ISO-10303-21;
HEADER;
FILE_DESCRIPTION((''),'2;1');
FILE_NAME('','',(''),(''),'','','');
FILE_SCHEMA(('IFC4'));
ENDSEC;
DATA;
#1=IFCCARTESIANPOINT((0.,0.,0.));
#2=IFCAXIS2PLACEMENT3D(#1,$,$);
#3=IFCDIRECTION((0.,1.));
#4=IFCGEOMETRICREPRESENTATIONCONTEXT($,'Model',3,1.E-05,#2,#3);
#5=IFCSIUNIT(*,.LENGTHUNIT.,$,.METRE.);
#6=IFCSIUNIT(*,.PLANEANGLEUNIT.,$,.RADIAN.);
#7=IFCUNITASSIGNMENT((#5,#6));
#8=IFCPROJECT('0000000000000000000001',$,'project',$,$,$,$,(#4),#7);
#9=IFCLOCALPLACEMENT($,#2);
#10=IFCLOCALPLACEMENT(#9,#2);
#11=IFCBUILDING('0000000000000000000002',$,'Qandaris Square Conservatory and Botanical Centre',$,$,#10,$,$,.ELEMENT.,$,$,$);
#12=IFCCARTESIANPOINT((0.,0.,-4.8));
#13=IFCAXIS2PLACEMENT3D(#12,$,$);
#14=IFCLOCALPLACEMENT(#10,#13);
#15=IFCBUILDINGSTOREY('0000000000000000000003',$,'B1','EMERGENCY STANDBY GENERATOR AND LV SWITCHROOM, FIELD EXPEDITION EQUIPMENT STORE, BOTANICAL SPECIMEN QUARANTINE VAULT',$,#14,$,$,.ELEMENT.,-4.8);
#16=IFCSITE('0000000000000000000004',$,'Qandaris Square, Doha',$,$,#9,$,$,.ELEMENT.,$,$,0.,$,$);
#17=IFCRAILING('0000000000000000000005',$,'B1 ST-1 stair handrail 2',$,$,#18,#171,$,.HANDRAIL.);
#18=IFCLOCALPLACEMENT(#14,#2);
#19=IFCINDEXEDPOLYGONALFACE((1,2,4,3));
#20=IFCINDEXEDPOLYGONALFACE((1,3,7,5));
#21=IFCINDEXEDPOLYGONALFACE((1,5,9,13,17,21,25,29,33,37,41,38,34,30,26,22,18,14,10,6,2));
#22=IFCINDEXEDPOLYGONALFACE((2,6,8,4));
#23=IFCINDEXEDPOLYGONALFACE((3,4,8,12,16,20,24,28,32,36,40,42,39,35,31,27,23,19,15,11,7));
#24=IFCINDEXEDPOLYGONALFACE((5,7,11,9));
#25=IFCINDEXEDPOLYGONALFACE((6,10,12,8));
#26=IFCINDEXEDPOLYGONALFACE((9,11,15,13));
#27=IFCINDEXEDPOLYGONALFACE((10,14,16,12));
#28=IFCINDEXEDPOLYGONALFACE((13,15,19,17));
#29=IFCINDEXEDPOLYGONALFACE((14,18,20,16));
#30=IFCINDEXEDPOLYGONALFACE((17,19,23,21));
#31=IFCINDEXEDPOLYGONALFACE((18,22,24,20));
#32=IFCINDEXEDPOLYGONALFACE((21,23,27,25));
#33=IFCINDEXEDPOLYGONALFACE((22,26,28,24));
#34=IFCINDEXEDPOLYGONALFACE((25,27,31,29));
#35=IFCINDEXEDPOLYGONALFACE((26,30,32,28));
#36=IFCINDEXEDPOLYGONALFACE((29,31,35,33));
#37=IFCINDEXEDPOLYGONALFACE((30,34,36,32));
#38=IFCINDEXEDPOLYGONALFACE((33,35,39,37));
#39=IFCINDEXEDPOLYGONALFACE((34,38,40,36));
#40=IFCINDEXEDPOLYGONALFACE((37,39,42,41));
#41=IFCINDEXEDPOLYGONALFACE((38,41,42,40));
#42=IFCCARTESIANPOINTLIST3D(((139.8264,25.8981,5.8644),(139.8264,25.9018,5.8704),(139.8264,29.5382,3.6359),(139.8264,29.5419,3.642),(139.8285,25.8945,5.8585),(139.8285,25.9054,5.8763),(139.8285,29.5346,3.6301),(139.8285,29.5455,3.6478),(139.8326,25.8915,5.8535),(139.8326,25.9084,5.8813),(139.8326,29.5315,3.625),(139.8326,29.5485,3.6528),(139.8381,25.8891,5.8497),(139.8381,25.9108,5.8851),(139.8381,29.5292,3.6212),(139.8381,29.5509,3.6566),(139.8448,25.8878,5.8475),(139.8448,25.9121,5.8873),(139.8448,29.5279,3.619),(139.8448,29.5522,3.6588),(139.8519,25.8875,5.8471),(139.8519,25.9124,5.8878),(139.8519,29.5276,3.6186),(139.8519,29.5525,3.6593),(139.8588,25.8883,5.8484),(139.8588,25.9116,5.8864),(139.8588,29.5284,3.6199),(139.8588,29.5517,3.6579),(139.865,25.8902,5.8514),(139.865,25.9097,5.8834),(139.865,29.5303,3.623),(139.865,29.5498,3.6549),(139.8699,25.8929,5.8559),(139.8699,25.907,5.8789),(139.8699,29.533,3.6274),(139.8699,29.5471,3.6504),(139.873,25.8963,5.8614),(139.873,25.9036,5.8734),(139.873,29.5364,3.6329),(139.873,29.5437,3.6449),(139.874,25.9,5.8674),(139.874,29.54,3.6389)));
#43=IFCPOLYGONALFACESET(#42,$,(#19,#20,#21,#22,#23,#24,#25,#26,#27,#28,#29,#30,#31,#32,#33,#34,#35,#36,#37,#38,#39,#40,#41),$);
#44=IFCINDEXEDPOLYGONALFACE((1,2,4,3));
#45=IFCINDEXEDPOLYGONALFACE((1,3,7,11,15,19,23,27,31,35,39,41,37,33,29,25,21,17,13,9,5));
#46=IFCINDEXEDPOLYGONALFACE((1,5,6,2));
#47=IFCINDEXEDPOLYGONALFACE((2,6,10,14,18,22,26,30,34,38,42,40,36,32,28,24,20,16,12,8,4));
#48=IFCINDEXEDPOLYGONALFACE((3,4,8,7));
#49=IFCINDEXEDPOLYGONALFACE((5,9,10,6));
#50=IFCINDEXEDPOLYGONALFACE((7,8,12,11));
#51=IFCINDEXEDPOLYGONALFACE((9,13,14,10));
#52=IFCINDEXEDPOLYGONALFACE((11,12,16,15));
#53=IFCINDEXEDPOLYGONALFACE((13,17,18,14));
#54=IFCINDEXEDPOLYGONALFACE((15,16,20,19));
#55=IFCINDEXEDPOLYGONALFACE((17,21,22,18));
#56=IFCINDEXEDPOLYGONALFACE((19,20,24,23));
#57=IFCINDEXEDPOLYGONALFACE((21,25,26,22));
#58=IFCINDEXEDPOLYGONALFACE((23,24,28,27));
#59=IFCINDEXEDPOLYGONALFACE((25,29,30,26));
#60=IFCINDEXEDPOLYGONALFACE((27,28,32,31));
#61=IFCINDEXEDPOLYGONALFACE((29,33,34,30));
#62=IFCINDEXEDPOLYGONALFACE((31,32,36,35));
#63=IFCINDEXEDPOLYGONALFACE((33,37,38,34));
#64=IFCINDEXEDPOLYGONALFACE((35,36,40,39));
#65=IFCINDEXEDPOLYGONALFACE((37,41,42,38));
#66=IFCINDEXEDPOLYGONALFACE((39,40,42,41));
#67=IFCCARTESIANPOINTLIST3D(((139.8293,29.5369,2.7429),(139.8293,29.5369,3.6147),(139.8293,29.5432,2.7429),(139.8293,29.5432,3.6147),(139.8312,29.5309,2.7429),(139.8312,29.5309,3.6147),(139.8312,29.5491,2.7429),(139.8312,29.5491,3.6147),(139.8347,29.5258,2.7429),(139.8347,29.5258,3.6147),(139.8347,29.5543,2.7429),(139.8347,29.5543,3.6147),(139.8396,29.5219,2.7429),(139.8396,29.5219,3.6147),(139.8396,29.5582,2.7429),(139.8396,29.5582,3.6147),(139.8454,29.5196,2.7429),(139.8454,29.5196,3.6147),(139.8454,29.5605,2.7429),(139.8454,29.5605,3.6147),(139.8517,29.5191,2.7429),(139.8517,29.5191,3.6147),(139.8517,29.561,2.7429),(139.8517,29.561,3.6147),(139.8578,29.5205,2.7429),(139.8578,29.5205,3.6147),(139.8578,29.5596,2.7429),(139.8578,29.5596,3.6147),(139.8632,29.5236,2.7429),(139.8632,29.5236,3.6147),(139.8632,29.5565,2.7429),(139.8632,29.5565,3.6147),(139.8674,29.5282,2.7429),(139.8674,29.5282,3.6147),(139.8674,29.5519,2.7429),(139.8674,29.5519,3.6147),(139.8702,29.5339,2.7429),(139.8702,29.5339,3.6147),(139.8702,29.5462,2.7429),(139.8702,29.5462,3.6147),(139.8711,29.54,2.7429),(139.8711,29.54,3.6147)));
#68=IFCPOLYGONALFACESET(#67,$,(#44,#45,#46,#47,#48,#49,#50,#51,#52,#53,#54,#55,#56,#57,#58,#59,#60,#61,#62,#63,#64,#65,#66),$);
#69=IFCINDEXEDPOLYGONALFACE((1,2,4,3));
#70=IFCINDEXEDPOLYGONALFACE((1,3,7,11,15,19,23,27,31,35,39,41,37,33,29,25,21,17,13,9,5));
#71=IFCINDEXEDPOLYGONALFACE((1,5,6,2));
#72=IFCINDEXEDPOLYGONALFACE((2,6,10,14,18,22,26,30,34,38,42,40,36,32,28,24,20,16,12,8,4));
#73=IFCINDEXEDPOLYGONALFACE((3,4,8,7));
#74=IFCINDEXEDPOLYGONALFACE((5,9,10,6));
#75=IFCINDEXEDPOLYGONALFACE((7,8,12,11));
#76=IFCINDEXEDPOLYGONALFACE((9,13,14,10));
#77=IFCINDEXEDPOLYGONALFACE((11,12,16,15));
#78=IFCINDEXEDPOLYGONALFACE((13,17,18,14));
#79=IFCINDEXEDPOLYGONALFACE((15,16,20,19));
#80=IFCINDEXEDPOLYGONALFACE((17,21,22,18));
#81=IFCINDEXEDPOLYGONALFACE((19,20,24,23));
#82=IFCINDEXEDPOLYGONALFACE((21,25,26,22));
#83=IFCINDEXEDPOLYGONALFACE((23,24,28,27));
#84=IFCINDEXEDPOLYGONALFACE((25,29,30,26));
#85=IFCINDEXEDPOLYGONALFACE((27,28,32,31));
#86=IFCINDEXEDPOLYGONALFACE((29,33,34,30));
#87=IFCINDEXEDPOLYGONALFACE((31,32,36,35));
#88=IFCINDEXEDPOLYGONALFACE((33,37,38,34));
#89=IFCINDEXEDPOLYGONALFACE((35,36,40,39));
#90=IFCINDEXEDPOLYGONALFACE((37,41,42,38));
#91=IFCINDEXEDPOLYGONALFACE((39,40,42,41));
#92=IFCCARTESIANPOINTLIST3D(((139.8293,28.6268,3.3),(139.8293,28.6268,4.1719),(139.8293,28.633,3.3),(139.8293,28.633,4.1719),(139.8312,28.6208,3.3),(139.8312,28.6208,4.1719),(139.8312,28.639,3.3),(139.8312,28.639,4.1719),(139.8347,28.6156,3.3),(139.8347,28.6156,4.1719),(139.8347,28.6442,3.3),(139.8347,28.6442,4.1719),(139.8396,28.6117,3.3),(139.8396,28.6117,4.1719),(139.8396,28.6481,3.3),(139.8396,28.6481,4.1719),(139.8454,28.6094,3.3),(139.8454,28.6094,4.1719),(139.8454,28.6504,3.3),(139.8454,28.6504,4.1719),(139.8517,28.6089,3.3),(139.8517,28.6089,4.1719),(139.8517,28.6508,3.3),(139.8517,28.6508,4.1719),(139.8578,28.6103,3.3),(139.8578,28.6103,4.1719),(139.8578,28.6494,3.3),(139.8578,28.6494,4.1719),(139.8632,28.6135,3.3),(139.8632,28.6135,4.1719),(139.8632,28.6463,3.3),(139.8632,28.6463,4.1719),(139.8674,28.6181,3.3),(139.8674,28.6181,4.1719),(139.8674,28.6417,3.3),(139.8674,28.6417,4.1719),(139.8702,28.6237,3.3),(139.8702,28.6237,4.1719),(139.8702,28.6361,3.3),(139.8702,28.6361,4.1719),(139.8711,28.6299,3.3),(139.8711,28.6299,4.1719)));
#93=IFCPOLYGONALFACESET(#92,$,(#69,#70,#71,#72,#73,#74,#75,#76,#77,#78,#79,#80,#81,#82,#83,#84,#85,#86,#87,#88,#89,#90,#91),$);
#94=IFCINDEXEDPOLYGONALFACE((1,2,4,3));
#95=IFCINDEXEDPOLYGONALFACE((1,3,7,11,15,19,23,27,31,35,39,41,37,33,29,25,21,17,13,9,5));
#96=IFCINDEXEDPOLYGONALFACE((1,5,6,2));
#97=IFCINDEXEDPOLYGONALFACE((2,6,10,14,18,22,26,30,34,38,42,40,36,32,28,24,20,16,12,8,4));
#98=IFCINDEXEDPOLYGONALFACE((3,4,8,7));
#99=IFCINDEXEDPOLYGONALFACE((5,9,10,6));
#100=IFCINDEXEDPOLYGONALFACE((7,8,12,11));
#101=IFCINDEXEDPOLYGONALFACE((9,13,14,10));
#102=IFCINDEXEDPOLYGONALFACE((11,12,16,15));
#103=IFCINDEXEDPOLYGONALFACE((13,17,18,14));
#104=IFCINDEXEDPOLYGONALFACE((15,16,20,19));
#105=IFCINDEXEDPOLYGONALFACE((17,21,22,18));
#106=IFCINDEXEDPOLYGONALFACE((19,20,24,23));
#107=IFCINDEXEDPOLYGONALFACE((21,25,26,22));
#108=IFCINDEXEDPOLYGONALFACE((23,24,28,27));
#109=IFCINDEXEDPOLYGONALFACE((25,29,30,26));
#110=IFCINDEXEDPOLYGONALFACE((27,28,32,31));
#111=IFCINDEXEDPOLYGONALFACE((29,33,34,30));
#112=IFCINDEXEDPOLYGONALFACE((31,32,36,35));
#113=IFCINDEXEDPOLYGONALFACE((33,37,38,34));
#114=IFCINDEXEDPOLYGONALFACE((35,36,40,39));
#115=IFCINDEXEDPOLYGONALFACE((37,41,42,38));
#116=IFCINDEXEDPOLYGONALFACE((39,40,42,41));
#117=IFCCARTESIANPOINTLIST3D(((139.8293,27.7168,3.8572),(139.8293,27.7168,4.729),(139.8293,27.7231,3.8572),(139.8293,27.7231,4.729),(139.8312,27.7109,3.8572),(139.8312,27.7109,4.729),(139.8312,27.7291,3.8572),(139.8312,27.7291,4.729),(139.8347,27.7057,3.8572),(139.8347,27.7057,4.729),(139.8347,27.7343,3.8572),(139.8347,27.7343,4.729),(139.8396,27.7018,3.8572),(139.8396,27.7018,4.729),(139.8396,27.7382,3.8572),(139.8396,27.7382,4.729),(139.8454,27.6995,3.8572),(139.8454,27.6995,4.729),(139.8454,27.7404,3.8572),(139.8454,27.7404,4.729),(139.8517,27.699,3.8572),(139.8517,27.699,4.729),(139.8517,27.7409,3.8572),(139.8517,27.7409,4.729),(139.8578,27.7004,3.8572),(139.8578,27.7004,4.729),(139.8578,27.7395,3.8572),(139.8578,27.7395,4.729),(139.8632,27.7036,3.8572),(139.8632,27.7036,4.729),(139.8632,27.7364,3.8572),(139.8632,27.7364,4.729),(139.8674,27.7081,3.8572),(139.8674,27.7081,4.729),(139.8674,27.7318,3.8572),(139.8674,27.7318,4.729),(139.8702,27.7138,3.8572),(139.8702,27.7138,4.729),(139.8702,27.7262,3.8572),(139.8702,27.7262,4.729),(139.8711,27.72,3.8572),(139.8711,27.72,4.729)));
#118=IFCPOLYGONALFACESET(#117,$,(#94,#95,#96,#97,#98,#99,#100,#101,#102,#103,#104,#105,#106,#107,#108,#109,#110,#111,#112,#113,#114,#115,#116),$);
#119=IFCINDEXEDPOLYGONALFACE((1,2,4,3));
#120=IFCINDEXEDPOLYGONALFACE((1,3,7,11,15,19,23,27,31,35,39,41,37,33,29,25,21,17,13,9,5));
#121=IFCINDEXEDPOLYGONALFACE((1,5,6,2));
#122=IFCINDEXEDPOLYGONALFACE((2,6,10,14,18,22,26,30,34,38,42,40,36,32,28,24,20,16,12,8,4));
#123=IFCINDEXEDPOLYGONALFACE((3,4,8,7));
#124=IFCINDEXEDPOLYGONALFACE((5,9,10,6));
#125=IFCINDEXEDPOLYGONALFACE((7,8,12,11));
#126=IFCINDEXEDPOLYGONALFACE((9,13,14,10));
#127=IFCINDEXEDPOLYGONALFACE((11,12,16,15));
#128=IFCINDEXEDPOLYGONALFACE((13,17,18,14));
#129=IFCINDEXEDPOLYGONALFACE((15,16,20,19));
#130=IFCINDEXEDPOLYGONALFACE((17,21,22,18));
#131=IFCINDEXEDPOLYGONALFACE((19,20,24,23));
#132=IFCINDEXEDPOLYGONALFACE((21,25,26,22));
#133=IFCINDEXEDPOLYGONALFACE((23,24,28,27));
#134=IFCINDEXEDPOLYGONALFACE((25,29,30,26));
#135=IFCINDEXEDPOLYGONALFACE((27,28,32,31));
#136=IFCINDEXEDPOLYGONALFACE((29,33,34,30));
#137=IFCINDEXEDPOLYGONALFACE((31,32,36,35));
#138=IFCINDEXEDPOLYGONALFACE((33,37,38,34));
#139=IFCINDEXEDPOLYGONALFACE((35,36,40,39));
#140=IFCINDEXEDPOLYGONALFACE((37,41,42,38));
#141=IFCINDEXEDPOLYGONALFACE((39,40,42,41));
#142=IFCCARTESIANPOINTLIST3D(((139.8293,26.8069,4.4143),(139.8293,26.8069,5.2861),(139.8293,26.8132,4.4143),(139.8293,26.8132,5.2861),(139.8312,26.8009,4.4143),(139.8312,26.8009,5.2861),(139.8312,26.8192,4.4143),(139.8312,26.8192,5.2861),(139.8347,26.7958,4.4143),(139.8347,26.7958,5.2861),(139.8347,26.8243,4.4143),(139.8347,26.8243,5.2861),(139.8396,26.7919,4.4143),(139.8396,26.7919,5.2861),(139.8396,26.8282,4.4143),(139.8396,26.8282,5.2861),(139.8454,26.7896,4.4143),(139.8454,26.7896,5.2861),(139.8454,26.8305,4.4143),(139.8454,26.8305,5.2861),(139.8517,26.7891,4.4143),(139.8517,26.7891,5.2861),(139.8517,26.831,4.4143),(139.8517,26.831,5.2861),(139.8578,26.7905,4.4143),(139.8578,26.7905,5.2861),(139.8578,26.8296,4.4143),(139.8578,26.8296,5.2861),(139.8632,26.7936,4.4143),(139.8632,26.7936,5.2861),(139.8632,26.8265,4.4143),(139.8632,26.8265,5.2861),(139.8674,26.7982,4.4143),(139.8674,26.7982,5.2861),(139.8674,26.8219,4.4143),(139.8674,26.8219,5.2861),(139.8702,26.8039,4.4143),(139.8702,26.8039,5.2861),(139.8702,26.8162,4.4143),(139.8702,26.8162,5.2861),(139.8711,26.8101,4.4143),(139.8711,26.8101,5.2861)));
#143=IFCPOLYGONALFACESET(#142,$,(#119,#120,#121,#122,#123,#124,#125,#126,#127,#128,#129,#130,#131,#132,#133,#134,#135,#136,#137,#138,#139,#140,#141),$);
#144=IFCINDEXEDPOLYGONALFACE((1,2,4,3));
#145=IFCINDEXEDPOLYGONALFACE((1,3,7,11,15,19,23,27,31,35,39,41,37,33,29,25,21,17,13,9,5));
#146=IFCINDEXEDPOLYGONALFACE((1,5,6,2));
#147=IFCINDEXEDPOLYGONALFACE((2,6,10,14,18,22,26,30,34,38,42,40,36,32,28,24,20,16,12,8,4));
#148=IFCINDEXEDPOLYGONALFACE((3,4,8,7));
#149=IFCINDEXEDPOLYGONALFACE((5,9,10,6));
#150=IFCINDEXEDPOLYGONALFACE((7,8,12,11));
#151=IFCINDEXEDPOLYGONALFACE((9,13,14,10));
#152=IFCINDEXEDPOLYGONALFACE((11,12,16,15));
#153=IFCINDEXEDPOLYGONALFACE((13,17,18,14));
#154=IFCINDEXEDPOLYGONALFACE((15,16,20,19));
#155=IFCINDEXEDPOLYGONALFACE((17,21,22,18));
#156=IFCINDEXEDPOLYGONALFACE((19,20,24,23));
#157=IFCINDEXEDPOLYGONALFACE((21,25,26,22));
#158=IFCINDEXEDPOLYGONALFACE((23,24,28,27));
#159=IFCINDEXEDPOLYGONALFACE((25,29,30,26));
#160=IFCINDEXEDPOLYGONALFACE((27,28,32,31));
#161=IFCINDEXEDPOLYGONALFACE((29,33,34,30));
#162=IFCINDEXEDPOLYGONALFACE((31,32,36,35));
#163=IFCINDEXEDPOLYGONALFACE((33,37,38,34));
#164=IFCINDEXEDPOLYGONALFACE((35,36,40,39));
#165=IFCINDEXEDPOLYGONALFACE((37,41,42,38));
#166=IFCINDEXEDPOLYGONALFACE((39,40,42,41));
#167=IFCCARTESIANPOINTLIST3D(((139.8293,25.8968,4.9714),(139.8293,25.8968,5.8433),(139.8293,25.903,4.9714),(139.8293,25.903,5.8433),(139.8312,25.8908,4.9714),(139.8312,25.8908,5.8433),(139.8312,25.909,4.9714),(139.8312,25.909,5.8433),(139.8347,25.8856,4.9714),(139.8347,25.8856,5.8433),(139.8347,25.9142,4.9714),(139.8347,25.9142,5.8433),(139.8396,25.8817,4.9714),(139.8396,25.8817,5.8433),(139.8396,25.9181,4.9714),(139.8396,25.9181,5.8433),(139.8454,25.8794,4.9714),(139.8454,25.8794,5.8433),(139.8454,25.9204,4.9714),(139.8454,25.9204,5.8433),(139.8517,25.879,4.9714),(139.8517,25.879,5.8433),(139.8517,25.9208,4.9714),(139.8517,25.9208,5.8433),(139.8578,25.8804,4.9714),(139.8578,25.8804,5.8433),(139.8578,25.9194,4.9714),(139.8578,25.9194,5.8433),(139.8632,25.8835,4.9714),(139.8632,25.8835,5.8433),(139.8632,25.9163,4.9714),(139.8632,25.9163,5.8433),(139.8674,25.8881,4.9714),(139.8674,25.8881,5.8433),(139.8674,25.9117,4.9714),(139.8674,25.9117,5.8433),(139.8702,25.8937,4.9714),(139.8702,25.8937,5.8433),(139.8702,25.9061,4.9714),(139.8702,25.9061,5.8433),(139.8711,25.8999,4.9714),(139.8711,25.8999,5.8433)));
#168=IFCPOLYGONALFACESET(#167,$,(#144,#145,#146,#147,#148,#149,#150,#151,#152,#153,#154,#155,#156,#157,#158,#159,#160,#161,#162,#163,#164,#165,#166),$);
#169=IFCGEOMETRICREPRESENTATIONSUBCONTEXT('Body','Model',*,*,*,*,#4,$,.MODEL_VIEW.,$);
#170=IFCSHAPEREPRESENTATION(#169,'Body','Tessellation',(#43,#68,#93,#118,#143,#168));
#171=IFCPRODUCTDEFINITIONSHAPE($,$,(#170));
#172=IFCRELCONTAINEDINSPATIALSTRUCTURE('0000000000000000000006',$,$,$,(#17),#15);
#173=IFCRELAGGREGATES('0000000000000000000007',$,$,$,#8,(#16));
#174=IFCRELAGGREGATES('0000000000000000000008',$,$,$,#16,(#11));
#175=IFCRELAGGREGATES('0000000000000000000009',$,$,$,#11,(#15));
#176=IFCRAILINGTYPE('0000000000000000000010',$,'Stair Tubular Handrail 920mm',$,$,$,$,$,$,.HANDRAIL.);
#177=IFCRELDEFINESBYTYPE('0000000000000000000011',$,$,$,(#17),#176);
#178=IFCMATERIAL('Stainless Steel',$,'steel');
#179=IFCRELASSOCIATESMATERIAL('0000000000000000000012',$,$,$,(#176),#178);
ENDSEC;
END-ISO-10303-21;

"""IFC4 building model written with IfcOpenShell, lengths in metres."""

from ifc_helpers import new_model, si_unit, direction, frame, origin, origin_2d, place, context, subcontext, project, spatial, circle, extrude, material, type_object, element, save


model = new_model("IFC4")

# Units and contexts
model_context = context("Model", 3, precision=1e-05, world=origin(), true_north=direction((0.0, 1.0)))
body_context = subcontext(model_context, "Body", "Model", "MODEL_VIEW")
ifc_project = project(units=[si_unit("LENGTHUNIT", "METRE"), si_unit("PLANEANGLEUNIT", "RADIAN")], contexts=[model_context])

# Site, building, storey
site_placement = place(None, origin())
site = spatial("IfcSite", under=ifc_project, at=site_placement, Name="Qandaris Square, Doha", CompositionType="ELEMENT", RefElevation=0.0)
building_placement = place(site_placement, origin())
building = spatial("IfcBuilding", under=site, at=building_placement, Name="Qandaris Square Conservatory and Botanical Centre", CompositionType="ELEMENT")
storey_placement = place(building_placement, frame((0.0, 0.0, -4.8)))
storey = spatial("IfcBuildingStorey", under=building, at=storey_placement, Name="B1", Description="EMERGENCY STANDBY GENERATOR AND LV SWITCHROOM, FIELD EXPEDITION EQUIPMENT STORE, BOTANICAL SPECIMEN QUARANTINE VAULT", CompositionType="ELEMENT", Elevation=-4.8)

# Railing
ifc_material_1 = material(Name="Stainless Steel", Category="steel")
railing_type = type_object("IfcRailingType", Name="Stair Tubular Handrail 920mm", PredefinedType="HANDRAIL", material=ifc_material_1)
railing_placement = place(storey_placement, frame((139.8501, 29.54, 2.7429)))
element("IfcRailing", 1, at=railing_placement, inside=storey, type_object=railing_type, Name="B1 ST-1 stair handrail 2", PredefinedType="HANDRAIL", context=body_context, shape_type="SweptSolid", body=[
    extrude(circle(Radius=0.0239, at=origin_2d()), frame((0.0, 0.0, 0.896), z_axis=(0.0, -0.852866, 0.52213), x_axis=(1.0, 0.0, 0.0)), (0.0, 0.0, 1.0), 4.2681),
    extrude(circle(Radius=0.021, at=origin_2d()), origin(), (0.0, 0.0, 1.0), 0.8718),
    extrude(circle(Radius=0.021, at=origin_2d()), frame((0.0, -0.9102, 0.5571)), (0.0, 0.0, 1.0), 0.8718),
    extrude(circle(Radius=0.021, at=origin_2d()), frame((0.0, -1.8201, 1.1143)), (0.0, 0.0, 1.0), 0.8718),
    extrude(circle(Radius=0.021, at=origin_2d()), frame((0.0, -2.73, 1.6714)), (0.0, 0.0, 1.0), 0.8718),
    extrude(circle(Radius=0.021, at=origin_2d()), frame((0.0, -3.6401, 2.2285)), (0.0, 0.0, 1.0), 0.8718),
])

save(model, "model.ifc")
